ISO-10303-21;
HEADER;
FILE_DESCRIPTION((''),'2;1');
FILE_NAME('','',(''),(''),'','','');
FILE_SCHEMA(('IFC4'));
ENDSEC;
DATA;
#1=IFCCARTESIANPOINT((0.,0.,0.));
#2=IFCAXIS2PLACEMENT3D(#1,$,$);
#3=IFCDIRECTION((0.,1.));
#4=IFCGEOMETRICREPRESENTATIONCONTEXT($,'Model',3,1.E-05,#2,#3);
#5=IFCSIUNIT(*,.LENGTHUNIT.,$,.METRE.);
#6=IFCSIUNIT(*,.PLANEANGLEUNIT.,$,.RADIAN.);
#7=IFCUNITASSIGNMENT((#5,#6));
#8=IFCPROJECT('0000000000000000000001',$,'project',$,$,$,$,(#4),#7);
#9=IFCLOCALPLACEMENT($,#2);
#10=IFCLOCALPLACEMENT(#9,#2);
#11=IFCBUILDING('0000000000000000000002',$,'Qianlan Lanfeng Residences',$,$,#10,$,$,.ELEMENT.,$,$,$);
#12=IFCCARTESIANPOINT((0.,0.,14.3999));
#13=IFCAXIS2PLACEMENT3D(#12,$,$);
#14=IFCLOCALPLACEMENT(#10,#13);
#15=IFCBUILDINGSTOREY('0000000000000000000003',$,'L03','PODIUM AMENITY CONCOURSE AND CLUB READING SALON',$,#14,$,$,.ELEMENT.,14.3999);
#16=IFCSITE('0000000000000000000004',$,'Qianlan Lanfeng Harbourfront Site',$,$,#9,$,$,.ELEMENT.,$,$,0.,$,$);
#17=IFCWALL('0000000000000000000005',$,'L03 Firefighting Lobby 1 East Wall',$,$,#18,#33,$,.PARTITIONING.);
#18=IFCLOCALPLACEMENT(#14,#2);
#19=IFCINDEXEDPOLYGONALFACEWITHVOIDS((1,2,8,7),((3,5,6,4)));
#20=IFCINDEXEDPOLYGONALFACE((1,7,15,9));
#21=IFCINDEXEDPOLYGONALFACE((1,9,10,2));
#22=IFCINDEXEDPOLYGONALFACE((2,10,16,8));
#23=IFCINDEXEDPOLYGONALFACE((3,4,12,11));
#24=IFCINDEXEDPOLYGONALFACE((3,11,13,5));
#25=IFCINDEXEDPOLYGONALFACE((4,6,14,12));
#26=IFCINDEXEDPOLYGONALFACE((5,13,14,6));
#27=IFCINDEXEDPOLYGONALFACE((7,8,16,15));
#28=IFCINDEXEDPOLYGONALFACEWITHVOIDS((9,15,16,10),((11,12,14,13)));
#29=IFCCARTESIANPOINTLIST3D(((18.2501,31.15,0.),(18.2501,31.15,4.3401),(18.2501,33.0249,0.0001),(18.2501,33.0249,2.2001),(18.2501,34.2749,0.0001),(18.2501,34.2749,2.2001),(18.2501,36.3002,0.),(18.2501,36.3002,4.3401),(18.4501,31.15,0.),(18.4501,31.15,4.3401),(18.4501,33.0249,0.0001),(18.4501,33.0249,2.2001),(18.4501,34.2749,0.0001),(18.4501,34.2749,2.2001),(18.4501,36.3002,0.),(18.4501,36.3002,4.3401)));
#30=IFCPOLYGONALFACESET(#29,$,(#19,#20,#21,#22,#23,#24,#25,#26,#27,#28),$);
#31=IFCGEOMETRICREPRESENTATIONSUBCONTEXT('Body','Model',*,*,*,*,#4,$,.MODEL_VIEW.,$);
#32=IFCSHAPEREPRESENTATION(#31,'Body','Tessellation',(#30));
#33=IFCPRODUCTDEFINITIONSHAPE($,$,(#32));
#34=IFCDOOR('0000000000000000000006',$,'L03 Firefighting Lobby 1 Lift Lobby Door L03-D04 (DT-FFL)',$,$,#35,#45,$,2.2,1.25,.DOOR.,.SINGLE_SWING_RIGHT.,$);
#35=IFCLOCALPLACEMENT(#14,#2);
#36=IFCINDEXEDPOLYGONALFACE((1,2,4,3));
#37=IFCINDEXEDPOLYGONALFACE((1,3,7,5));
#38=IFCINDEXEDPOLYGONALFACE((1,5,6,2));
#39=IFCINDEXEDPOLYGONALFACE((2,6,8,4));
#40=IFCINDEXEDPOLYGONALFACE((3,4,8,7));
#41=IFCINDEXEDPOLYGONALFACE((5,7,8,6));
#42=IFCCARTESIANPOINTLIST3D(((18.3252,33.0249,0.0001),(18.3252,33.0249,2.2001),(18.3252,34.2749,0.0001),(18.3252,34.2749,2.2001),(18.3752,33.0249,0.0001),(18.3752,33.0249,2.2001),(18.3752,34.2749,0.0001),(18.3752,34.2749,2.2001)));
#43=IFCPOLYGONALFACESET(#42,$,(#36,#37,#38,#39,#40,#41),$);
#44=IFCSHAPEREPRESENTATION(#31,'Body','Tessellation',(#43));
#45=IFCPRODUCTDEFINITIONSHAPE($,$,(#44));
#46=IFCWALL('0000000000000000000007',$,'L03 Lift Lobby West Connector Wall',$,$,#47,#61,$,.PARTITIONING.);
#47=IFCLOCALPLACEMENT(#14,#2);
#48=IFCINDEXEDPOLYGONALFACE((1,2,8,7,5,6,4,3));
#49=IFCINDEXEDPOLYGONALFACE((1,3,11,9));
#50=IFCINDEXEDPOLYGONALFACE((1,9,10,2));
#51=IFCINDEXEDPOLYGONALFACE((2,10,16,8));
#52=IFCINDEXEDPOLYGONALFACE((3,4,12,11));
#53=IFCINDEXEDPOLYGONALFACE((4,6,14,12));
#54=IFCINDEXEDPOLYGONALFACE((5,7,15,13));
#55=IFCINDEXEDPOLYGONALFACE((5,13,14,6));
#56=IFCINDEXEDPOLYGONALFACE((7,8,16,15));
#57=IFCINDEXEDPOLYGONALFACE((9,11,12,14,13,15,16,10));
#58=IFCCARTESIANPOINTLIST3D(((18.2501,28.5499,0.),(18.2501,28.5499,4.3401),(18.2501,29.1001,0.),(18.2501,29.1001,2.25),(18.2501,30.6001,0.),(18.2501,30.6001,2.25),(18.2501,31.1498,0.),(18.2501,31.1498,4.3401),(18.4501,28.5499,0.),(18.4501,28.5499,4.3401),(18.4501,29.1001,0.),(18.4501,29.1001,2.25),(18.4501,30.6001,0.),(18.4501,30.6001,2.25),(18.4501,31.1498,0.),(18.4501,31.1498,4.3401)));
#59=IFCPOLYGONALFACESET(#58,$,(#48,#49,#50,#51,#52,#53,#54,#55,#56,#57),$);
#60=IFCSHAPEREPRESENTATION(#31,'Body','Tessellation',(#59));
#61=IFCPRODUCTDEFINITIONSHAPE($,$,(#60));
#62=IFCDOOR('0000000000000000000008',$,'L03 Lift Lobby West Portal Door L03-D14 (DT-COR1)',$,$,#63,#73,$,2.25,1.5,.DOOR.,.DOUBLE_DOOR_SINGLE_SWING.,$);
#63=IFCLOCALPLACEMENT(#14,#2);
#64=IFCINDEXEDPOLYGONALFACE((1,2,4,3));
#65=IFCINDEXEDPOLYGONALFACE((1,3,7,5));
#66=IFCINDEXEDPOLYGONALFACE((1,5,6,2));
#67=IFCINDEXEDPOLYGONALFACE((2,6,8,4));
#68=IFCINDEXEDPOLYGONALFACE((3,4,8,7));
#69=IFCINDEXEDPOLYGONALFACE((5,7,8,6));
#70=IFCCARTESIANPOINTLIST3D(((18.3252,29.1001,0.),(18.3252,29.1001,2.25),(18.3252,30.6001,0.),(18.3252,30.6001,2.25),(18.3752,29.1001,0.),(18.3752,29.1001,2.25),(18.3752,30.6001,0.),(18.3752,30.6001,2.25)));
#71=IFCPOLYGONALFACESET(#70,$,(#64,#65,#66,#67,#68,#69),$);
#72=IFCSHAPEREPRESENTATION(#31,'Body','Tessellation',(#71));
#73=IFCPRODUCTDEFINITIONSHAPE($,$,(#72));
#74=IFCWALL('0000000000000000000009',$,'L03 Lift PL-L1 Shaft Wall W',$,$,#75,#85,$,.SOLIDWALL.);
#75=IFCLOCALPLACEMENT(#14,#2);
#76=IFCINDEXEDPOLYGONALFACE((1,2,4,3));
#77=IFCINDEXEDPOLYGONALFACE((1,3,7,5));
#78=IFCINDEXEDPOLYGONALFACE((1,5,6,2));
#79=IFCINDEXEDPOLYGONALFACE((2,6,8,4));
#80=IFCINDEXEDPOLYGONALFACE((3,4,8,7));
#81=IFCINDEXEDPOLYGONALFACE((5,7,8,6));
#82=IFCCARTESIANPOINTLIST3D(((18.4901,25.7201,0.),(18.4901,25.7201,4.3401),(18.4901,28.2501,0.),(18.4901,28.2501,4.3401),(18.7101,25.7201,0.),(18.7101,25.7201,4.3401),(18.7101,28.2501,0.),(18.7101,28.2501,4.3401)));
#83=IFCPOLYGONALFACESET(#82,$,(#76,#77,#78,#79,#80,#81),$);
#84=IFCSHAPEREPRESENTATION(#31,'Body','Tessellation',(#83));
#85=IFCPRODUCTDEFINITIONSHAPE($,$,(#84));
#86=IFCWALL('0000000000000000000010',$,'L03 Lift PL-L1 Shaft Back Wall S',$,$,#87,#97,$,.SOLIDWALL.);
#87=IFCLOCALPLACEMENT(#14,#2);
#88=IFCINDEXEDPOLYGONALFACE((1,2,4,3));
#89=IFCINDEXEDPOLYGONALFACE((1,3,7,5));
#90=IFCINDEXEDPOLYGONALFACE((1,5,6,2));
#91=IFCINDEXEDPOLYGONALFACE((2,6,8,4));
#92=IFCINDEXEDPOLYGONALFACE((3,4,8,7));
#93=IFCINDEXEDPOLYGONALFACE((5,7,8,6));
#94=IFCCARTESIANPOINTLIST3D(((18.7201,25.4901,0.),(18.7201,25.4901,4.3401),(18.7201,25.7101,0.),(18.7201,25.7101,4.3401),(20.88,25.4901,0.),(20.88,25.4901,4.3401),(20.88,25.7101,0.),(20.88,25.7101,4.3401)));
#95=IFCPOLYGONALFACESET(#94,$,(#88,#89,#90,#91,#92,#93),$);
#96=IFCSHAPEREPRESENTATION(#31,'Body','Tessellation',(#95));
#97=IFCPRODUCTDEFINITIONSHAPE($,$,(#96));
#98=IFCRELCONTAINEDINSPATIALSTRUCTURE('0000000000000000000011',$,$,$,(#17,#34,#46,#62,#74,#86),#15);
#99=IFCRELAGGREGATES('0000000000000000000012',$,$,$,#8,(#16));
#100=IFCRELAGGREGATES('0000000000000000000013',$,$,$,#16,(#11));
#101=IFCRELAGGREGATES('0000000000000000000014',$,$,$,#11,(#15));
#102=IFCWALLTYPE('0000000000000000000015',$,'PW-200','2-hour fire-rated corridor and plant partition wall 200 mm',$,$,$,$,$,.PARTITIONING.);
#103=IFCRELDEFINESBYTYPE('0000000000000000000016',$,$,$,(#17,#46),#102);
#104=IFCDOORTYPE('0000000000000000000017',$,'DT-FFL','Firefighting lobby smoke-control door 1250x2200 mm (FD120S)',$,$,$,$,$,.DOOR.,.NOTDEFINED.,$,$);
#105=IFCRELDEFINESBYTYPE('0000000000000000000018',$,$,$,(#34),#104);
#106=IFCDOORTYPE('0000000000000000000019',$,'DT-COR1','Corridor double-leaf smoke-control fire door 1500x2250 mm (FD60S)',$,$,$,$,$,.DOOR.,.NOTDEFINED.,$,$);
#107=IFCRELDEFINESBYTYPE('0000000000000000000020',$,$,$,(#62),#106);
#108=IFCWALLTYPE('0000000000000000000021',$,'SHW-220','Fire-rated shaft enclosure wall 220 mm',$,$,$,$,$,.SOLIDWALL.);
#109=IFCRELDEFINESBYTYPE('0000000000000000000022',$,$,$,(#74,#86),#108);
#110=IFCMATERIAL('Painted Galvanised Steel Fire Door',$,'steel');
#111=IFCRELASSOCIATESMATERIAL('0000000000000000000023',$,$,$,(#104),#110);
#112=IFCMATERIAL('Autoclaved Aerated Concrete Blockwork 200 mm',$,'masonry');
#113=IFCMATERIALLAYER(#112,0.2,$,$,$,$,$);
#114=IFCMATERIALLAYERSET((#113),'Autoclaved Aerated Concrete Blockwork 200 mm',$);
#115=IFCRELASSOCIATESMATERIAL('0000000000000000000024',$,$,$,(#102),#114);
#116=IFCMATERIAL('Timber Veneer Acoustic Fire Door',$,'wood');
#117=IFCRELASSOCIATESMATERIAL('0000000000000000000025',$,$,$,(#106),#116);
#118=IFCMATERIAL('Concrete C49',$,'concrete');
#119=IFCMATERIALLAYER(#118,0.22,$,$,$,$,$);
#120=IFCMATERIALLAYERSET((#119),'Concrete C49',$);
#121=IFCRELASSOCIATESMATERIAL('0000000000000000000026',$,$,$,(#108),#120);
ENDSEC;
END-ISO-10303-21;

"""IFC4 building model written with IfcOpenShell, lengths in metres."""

from ifc_helpers import new_model, si_unit, direction, frame, frame_2d, origin, place, context, subcontext, project, spatial, rectangle, extrude, material, layer, layer_set, type_object, element, fill, save


model = new_model("IFC4")

# Units and contexts
model_context = context("Model", 3, precision=1e-05, world=origin(), true_north=direction((0.0, 1.0)))
body_context = subcontext(model_context, "Body", "Model", "MODEL_VIEW")
ifc_project = project(units=[si_unit("LENGTHUNIT", "METRE"), si_unit("PLANEANGLEUNIT", "RADIAN")], contexts=[model_context])

# Site, building, storey
site_placement = place(None, origin())
site = spatial("IfcSite", under=ifc_project, at=site_placement, Name="Qianlan Lanfeng Harbourfront Site", CompositionType="ELEMENT", RefElevation=0.0)
building_placement = place(site_placement, origin())
building = spatial("IfcBuilding", under=site, at=building_placement, Name="Qianlan Lanfeng Residences", CompositionType="ELEMENT")
storey_placement = place(building_placement, frame((0.0, 0.0, 14.3999)))
storey = spatial("IfcBuildingStorey", under=building, at=storey_placement, Name="L03", Description="PODIUM AMENITY CONCOURSE AND CLUB READING SALON", CompositionType="ELEMENT", Elevation=14.3999)

# Shared definitions
ifc_material_1 = material(Name="Painted Galvanised Steel Fire Door", Category="steel")

# Walls, openings, doors
door_type_1 = type_object("IfcDoorType", Name="DT-FFL", Description="Firefighting lobby smoke-control door 1250x2200 mm (FD120S)", OperationType="NOTDEFINED", PredefinedType="DOOR", material=ifc_material_1)
ifc_material_2 = material(Name="Autoclaved Aerated Concrete Blockwork 200 mm", Category="masonry")
ifc_layer_1 = layer(ifc_material_2, 0.2)
ifc_layer_set_1 = layer_set([ifc_layer_1], Name="Autoclaved Aerated Concrete Blockwork 200 mm")
wall_type_1 = type_object("IfcWallType", Name="PW-200", Description="2-hour fire-rated corridor and plant partition wall 200 mm", PredefinedType="PARTITIONING", material=ifc_layer_set_1)
wall_1_placement = place(storey_placement, frame((18.3501, 31.1499, 0.0), z_axis=(0.0, 0.0, 1.0), x_axis=(0.0, 1.0, 0.0)))
wall_1 = element("IfcWall", 1, at=wall_1_placement, inside=storey, type_object=wall_type_1, Name="L03 Firefighting Lobby 1 East Wall", PredefinedType="PARTITIONING", context=body_context, shape_type="SweptSolid", body=[
    extrude(rectangle(XDim=5.1501, YDim=0.2, at=frame_2d((2.5752, 0.0))), origin(), (0.0, 0.0, 1.0), 4.3401),
])
opening_1_placement = place(wall_1_placement, frame((1.875, 0.0, 0.0)))
opening_1 = element("IfcOpeningElement", 2, at=opening_1_placement, cuts=wall_1, PredefinedType="OPENING", context=body_context, shape_type="SweptSolid", body=[
    extrude(rectangle(XDim=1.25, YDim=2.2, at=frame_2d((0.625, 1.1001))), frame((0.0, 0.1099, 0.0), z_axis=(0.0, -1.0, 0.0), x_axis=(1.0, 0.0, 0.0)), (0.0, 0.0, 1.0), 0.22),
])
door_1_placement = place(opening_1_placement, origin())
door_1 = element("IfcDoor", 3, at=door_1_placement, inside=storey, type_object=door_type_1, Name="L03 Firefighting Lobby 1 Lift Lobby Door L03-D04 (DT-FFL)", OperationType="SINGLE_SWING_RIGHT", OverallHeight=2.2, OverallWidth=1.25, PredefinedType="DOOR", context=body_context, shape_type="SweptSolid", body=[
    extrude(rectangle(XDim=1.25, YDim=2.2, at=frame_2d((0.625, 1.1001))), frame((0.0, 0.0249, 0.0), z_axis=(0.0, -1.0, 0.0), x_axis=(1.0, 0.0, 0.0)), (0.0, 0.0, 1.0), 0.05),
])
fill(opening_1, door_1)
wall_2_placement = place(storey_placement, frame((18.3501, 28.55, 0.0), z_axis=(0.0, 0.0, 1.0), x_axis=(0.0, 1.0, 0.0)))
wall_2 = element("IfcWall", 4, at=wall_2_placement, inside=storey, type_object=wall_type_1, Name="L03 Lift Lobby West Connector Wall", PredefinedType="PARTITIONING", context=body_context, shape_type="SweptSolid", body=[
    extrude(rectangle(XDim=2.5999, YDim=0.2, at=frame_2d((1.2998, 0.0))), origin(), (0.0, 0.0, 1.0), 4.3401),
])
opening_2_placement = place(wall_2_placement, frame((0.55, 0.0, 0.0)))
opening_2 = element("IfcOpeningElement", 5, at=opening_2_placement, cuts=wall_2, PredefinedType="OPENING", context=body_context, shape_type="SweptSolid", body=[
    extrude(rectangle(XDim=1.5, YDim=2.25, at=frame_2d((0.75, 1.125))), frame((0.0, 0.1099, 0.0), z_axis=(0.0, -1.0, 0.0), x_axis=(1.0, 0.0, 0.0)), (0.0, 0.0, 1.0), 0.22),
])
ifc_material_3 = material(Name="Timber Veneer Acoustic Fire Door", Category="wood")
door_type_2 = type_object("IfcDoorType", Name="DT-COR1", Description="Corridor double-leaf smoke-control fire door 1500x2250 mm (FD60S)", OperationType="NOTDEFINED", PredefinedType="DOOR", material=ifc_material_3)
door_2_placement = place(opening_2_placement, origin())
door_2 = element("IfcDoor", 6, at=door_2_placement, inside=storey, type_object=door_type_2, Name="L03 Lift Lobby West Portal Door L03-D14 (DT-COR1)", OperationType="DOUBLE_DOOR_SINGLE_SWING", OverallHeight=2.25, OverallWidth=1.5, PredefinedType="DOOR", context=body_context, shape_type="SweptSolid", body=[
    extrude(rectangle(XDim=1.5, YDim=2.25, at=frame_2d((0.75, 1.125))), frame((0.0, 0.0249, 0.0), z_axis=(0.0, -1.0, 0.0), x_axis=(1.0, 0.0, 0.0)), (0.0, 0.0, 1.0), 0.05),
])
fill(opening_2, door_2)

# Walls
ifc_material_4 = material(Name="Concrete C49", Category="concrete")
ifc_layer_2 = layer(ifc_material_4, 0.22)
ifc_layer_set_2 = layer_set([ifc_layer_2], Name="Concrete C49")
wall_type_2 = type_object("IfcWallType", Name="SHW-220", Description="Fire-rated shaft enclosure wall 220 mm", PredefinedType="SOLIDWALL", material=ifc_layer_set_2)
wall_3_placement = place(storey_placement, frame((18.6001, 25.72, 0.0), z_axis=(0.0, 0.0, 1.0), x_axis=(0.0, 1.0, 0.0)))
element("IfcWall", 7, at=wall_3_placement, inside=storey, type_object=wall_type_2, Name="L03 Lift PL-L1 Shaft Wall W", PredefinedType="SOLIDWALL", context=body_context, shape_type="SweptSolid", body=[
    extrude(rectangle(XDim=2.53, YDim=0.22, at=frame_2d((1.2651, 0.0))), origin(), (0.0, 0.0, 1.0), 4.3401),
])
wall_4_placement = place(storey_placement, frame((18.72, 25.6001, 0.0), z_axis=(0.0, 0.0, 1.0), x_axis=(1.0, 0.0, 0.0)))
element("IfcWall", 8, at=wall_4_placement, inside=storey, type_object=wall_type_2, Name="L03 Lift PL-L1 Shaft Back Wall S", PredefinedType="SOLIDWALL", context=body_context, shape_type="SweptSolid", body=[
    extrude(rectangle(XDim=2.1599, YDim=0.22, at=frame_2d((1.0801, 0.0))), origin(), (0.0, 0.0, 1.0), 4.3401),
])

save(model, "model.ifc")
